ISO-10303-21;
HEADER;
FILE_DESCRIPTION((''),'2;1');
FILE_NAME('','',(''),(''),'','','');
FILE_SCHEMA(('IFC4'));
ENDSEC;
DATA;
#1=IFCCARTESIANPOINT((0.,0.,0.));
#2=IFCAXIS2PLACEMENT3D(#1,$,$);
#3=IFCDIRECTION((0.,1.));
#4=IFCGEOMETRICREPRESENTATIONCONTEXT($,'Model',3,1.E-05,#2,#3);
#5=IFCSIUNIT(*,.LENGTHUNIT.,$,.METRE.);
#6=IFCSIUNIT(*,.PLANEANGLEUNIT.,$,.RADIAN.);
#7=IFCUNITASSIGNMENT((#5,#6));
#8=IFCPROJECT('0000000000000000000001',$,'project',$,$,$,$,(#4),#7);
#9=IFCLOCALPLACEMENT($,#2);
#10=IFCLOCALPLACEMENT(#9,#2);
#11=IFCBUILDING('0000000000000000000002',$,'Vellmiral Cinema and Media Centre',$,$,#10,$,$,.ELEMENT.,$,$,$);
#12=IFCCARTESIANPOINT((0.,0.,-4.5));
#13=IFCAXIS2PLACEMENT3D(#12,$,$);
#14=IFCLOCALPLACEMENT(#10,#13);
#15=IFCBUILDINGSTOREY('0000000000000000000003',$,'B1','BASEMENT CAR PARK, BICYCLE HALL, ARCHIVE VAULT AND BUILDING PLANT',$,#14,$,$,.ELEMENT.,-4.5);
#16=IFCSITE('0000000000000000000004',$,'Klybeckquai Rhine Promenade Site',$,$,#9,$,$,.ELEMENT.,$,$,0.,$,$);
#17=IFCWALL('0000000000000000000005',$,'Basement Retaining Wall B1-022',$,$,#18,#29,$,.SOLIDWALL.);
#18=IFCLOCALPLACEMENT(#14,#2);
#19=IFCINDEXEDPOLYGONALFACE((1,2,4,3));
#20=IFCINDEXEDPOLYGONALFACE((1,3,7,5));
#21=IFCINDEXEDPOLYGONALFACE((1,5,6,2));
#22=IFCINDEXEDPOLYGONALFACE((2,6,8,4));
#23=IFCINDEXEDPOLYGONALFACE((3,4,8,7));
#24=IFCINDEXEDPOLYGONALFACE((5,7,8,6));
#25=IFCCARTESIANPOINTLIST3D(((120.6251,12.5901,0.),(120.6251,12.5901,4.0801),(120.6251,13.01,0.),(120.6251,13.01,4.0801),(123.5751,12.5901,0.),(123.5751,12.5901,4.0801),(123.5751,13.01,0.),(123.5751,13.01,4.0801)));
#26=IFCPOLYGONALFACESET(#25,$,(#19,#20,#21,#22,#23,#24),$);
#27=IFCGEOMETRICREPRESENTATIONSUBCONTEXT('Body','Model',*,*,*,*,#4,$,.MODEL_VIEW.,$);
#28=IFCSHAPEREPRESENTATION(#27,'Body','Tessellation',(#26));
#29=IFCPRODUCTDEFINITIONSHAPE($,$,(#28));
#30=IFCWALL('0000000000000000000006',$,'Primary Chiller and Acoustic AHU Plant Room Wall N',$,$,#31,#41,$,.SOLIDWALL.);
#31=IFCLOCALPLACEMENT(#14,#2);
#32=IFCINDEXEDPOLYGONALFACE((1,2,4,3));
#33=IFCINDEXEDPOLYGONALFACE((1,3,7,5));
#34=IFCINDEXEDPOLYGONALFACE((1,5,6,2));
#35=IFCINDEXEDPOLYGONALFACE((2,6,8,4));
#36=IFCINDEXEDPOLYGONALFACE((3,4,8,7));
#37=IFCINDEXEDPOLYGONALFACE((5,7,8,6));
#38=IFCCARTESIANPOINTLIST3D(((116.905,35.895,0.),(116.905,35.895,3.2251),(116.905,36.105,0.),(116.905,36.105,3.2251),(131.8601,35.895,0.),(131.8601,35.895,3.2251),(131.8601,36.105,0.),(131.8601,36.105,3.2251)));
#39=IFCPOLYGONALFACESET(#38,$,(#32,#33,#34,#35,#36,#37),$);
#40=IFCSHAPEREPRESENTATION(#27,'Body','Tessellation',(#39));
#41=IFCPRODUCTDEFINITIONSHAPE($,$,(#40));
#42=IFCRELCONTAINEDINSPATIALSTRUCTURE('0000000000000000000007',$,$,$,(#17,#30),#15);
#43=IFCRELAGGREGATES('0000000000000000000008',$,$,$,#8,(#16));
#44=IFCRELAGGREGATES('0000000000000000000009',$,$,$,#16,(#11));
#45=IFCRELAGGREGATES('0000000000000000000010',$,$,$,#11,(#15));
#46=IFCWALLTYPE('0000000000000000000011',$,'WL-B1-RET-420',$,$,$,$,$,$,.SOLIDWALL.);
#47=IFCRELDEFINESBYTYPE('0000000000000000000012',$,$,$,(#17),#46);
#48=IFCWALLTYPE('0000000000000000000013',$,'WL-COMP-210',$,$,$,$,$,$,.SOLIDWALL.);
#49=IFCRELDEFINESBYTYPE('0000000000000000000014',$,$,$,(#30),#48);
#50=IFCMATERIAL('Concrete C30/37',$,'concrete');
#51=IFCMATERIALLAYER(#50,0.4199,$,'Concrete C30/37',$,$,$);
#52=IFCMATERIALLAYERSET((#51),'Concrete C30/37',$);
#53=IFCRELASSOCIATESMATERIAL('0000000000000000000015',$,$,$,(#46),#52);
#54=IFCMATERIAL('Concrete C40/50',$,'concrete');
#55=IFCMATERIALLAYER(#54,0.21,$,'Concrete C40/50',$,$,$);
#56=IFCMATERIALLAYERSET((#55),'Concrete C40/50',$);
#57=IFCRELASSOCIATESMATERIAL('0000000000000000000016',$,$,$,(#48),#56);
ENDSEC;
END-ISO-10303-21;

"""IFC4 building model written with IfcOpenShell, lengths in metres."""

from ifc_helpers import new_model, si_unit, direction, frame, frame_2d, origin, place, context, subcontext, project, spatial, rectangle, extrude, material, layer, layer_set, type_object, element, save


model = new_model("IFC4")

# Units and contexts
model_context = context("Model", 3, precision=1e-05, world=origin(), true_north=direction((0.0, 1.0)))
body_context = subcontext(model_context, "Body", "Model", "MODEL_VIEW")
ifc_project = project(units=[si_unit("LENGTHUNIT", "METRE"), si_unit("PLANEANGLEUNIT", "RADIAN")], contexts=[model_context])

# Site, building, storey
site_placement = place(None, origin())
site = spatial("IfcSite", under=ifc_project, at=site_placement, Name="Klybeckquai Rhine Promenade Site", CompositionType="ELEMENT", RefElevation=0.0)
building_placement = place(site_placement, origin())
building = spatial("IfcBuilding", under=site, at=building_placement, Name="Vellmiral Cinema and Media Centre", CompositionType="ELEMENT")
storey_placement = place(building_placement, frame((0.0, 0.0, -4.5)))
storey = spatial("IfcBuildingStorey", under=building, at=storey_placement, Name="B1", Description="BASEMENT CAR PARK, BICYCLE HALL, ARCHIVE VAULT AND BUILDING PLANT", CompositionType="ELEMENT", Elevation=-4.5)

# Walls
ifc_material_1 = material(Name="Concrete C30/37", Category="concrete")
ifc_layer_1 = layer(ifc_material_1, 0.4199, Name="Concrete C30/37")
ifc_layer_set_1 = layer_set([ifc_layer_1], Name="Concrete C30/37")
wall_type_1 = type_object("IfcWallType", Name="WL-B1-RET-420", PredefinedType="SOLIDWALL", material=ifc_layer_set_1)
wall_1_placement = place(storey_placement, frame((120.625, 12.8, 0.0), z_axis=(0.0, 0.0, 1.0), x_axis=(1.0, 0.0, 0.0)))
element("IfcWall", 1, at=wall_1_placement, inside=storey, type_object=wall_type_1, Name="Basement Retaining Wall B1-022", PredefinedType="SOLIDWALL", context=body_context, shape_type="SweptSolid", body=[
    extrude(rectangle(XDim=2.95, YDim=0.4199, at=frame_2d((1.4751, 0.0))), origin(), (0.0, 0.0, 1.0), 4.0801),
])
ifc_material_2 = material(Name="Concrete C40/50", Category="concrete")
ifc_layer_2 = layer(ifc_material_2, 0.21, Name="Concrete C40/50")
ifc_layer_set_2 = layer_set([ifc_layer_2], Name="Concrete C40/50")
wall_type_2 = type_object("IfcWallType", Name="WL-COMP-210", PredefinedType="SOLIDWALL", material=ifc_layer_set_2)
wall_2_placement = place(storey_placement, frame((116.905, 36.0, 0.0), z_axis=(0.0, 0.0, 1.0), x_axis=(1.0, 0.0, 0.0)))
element("IfcWall", 2, at=wall_2_placement, inside=storey, type_object=wall_type_2, Name="Primary Chiller and Acoustic AHU Plant Room Wall N", PredefinedType="SOLIDWALL", context=body_context, shape_type="SweptSolid", body=[
    extrude(rectangle(XDim=14.9551, YDim=0.21, at=frame_2d((7.4775, 0.0))), origin(), (0.0, 0.0, 1.0), 3.2251),
])

save(model, "model.ifc")
